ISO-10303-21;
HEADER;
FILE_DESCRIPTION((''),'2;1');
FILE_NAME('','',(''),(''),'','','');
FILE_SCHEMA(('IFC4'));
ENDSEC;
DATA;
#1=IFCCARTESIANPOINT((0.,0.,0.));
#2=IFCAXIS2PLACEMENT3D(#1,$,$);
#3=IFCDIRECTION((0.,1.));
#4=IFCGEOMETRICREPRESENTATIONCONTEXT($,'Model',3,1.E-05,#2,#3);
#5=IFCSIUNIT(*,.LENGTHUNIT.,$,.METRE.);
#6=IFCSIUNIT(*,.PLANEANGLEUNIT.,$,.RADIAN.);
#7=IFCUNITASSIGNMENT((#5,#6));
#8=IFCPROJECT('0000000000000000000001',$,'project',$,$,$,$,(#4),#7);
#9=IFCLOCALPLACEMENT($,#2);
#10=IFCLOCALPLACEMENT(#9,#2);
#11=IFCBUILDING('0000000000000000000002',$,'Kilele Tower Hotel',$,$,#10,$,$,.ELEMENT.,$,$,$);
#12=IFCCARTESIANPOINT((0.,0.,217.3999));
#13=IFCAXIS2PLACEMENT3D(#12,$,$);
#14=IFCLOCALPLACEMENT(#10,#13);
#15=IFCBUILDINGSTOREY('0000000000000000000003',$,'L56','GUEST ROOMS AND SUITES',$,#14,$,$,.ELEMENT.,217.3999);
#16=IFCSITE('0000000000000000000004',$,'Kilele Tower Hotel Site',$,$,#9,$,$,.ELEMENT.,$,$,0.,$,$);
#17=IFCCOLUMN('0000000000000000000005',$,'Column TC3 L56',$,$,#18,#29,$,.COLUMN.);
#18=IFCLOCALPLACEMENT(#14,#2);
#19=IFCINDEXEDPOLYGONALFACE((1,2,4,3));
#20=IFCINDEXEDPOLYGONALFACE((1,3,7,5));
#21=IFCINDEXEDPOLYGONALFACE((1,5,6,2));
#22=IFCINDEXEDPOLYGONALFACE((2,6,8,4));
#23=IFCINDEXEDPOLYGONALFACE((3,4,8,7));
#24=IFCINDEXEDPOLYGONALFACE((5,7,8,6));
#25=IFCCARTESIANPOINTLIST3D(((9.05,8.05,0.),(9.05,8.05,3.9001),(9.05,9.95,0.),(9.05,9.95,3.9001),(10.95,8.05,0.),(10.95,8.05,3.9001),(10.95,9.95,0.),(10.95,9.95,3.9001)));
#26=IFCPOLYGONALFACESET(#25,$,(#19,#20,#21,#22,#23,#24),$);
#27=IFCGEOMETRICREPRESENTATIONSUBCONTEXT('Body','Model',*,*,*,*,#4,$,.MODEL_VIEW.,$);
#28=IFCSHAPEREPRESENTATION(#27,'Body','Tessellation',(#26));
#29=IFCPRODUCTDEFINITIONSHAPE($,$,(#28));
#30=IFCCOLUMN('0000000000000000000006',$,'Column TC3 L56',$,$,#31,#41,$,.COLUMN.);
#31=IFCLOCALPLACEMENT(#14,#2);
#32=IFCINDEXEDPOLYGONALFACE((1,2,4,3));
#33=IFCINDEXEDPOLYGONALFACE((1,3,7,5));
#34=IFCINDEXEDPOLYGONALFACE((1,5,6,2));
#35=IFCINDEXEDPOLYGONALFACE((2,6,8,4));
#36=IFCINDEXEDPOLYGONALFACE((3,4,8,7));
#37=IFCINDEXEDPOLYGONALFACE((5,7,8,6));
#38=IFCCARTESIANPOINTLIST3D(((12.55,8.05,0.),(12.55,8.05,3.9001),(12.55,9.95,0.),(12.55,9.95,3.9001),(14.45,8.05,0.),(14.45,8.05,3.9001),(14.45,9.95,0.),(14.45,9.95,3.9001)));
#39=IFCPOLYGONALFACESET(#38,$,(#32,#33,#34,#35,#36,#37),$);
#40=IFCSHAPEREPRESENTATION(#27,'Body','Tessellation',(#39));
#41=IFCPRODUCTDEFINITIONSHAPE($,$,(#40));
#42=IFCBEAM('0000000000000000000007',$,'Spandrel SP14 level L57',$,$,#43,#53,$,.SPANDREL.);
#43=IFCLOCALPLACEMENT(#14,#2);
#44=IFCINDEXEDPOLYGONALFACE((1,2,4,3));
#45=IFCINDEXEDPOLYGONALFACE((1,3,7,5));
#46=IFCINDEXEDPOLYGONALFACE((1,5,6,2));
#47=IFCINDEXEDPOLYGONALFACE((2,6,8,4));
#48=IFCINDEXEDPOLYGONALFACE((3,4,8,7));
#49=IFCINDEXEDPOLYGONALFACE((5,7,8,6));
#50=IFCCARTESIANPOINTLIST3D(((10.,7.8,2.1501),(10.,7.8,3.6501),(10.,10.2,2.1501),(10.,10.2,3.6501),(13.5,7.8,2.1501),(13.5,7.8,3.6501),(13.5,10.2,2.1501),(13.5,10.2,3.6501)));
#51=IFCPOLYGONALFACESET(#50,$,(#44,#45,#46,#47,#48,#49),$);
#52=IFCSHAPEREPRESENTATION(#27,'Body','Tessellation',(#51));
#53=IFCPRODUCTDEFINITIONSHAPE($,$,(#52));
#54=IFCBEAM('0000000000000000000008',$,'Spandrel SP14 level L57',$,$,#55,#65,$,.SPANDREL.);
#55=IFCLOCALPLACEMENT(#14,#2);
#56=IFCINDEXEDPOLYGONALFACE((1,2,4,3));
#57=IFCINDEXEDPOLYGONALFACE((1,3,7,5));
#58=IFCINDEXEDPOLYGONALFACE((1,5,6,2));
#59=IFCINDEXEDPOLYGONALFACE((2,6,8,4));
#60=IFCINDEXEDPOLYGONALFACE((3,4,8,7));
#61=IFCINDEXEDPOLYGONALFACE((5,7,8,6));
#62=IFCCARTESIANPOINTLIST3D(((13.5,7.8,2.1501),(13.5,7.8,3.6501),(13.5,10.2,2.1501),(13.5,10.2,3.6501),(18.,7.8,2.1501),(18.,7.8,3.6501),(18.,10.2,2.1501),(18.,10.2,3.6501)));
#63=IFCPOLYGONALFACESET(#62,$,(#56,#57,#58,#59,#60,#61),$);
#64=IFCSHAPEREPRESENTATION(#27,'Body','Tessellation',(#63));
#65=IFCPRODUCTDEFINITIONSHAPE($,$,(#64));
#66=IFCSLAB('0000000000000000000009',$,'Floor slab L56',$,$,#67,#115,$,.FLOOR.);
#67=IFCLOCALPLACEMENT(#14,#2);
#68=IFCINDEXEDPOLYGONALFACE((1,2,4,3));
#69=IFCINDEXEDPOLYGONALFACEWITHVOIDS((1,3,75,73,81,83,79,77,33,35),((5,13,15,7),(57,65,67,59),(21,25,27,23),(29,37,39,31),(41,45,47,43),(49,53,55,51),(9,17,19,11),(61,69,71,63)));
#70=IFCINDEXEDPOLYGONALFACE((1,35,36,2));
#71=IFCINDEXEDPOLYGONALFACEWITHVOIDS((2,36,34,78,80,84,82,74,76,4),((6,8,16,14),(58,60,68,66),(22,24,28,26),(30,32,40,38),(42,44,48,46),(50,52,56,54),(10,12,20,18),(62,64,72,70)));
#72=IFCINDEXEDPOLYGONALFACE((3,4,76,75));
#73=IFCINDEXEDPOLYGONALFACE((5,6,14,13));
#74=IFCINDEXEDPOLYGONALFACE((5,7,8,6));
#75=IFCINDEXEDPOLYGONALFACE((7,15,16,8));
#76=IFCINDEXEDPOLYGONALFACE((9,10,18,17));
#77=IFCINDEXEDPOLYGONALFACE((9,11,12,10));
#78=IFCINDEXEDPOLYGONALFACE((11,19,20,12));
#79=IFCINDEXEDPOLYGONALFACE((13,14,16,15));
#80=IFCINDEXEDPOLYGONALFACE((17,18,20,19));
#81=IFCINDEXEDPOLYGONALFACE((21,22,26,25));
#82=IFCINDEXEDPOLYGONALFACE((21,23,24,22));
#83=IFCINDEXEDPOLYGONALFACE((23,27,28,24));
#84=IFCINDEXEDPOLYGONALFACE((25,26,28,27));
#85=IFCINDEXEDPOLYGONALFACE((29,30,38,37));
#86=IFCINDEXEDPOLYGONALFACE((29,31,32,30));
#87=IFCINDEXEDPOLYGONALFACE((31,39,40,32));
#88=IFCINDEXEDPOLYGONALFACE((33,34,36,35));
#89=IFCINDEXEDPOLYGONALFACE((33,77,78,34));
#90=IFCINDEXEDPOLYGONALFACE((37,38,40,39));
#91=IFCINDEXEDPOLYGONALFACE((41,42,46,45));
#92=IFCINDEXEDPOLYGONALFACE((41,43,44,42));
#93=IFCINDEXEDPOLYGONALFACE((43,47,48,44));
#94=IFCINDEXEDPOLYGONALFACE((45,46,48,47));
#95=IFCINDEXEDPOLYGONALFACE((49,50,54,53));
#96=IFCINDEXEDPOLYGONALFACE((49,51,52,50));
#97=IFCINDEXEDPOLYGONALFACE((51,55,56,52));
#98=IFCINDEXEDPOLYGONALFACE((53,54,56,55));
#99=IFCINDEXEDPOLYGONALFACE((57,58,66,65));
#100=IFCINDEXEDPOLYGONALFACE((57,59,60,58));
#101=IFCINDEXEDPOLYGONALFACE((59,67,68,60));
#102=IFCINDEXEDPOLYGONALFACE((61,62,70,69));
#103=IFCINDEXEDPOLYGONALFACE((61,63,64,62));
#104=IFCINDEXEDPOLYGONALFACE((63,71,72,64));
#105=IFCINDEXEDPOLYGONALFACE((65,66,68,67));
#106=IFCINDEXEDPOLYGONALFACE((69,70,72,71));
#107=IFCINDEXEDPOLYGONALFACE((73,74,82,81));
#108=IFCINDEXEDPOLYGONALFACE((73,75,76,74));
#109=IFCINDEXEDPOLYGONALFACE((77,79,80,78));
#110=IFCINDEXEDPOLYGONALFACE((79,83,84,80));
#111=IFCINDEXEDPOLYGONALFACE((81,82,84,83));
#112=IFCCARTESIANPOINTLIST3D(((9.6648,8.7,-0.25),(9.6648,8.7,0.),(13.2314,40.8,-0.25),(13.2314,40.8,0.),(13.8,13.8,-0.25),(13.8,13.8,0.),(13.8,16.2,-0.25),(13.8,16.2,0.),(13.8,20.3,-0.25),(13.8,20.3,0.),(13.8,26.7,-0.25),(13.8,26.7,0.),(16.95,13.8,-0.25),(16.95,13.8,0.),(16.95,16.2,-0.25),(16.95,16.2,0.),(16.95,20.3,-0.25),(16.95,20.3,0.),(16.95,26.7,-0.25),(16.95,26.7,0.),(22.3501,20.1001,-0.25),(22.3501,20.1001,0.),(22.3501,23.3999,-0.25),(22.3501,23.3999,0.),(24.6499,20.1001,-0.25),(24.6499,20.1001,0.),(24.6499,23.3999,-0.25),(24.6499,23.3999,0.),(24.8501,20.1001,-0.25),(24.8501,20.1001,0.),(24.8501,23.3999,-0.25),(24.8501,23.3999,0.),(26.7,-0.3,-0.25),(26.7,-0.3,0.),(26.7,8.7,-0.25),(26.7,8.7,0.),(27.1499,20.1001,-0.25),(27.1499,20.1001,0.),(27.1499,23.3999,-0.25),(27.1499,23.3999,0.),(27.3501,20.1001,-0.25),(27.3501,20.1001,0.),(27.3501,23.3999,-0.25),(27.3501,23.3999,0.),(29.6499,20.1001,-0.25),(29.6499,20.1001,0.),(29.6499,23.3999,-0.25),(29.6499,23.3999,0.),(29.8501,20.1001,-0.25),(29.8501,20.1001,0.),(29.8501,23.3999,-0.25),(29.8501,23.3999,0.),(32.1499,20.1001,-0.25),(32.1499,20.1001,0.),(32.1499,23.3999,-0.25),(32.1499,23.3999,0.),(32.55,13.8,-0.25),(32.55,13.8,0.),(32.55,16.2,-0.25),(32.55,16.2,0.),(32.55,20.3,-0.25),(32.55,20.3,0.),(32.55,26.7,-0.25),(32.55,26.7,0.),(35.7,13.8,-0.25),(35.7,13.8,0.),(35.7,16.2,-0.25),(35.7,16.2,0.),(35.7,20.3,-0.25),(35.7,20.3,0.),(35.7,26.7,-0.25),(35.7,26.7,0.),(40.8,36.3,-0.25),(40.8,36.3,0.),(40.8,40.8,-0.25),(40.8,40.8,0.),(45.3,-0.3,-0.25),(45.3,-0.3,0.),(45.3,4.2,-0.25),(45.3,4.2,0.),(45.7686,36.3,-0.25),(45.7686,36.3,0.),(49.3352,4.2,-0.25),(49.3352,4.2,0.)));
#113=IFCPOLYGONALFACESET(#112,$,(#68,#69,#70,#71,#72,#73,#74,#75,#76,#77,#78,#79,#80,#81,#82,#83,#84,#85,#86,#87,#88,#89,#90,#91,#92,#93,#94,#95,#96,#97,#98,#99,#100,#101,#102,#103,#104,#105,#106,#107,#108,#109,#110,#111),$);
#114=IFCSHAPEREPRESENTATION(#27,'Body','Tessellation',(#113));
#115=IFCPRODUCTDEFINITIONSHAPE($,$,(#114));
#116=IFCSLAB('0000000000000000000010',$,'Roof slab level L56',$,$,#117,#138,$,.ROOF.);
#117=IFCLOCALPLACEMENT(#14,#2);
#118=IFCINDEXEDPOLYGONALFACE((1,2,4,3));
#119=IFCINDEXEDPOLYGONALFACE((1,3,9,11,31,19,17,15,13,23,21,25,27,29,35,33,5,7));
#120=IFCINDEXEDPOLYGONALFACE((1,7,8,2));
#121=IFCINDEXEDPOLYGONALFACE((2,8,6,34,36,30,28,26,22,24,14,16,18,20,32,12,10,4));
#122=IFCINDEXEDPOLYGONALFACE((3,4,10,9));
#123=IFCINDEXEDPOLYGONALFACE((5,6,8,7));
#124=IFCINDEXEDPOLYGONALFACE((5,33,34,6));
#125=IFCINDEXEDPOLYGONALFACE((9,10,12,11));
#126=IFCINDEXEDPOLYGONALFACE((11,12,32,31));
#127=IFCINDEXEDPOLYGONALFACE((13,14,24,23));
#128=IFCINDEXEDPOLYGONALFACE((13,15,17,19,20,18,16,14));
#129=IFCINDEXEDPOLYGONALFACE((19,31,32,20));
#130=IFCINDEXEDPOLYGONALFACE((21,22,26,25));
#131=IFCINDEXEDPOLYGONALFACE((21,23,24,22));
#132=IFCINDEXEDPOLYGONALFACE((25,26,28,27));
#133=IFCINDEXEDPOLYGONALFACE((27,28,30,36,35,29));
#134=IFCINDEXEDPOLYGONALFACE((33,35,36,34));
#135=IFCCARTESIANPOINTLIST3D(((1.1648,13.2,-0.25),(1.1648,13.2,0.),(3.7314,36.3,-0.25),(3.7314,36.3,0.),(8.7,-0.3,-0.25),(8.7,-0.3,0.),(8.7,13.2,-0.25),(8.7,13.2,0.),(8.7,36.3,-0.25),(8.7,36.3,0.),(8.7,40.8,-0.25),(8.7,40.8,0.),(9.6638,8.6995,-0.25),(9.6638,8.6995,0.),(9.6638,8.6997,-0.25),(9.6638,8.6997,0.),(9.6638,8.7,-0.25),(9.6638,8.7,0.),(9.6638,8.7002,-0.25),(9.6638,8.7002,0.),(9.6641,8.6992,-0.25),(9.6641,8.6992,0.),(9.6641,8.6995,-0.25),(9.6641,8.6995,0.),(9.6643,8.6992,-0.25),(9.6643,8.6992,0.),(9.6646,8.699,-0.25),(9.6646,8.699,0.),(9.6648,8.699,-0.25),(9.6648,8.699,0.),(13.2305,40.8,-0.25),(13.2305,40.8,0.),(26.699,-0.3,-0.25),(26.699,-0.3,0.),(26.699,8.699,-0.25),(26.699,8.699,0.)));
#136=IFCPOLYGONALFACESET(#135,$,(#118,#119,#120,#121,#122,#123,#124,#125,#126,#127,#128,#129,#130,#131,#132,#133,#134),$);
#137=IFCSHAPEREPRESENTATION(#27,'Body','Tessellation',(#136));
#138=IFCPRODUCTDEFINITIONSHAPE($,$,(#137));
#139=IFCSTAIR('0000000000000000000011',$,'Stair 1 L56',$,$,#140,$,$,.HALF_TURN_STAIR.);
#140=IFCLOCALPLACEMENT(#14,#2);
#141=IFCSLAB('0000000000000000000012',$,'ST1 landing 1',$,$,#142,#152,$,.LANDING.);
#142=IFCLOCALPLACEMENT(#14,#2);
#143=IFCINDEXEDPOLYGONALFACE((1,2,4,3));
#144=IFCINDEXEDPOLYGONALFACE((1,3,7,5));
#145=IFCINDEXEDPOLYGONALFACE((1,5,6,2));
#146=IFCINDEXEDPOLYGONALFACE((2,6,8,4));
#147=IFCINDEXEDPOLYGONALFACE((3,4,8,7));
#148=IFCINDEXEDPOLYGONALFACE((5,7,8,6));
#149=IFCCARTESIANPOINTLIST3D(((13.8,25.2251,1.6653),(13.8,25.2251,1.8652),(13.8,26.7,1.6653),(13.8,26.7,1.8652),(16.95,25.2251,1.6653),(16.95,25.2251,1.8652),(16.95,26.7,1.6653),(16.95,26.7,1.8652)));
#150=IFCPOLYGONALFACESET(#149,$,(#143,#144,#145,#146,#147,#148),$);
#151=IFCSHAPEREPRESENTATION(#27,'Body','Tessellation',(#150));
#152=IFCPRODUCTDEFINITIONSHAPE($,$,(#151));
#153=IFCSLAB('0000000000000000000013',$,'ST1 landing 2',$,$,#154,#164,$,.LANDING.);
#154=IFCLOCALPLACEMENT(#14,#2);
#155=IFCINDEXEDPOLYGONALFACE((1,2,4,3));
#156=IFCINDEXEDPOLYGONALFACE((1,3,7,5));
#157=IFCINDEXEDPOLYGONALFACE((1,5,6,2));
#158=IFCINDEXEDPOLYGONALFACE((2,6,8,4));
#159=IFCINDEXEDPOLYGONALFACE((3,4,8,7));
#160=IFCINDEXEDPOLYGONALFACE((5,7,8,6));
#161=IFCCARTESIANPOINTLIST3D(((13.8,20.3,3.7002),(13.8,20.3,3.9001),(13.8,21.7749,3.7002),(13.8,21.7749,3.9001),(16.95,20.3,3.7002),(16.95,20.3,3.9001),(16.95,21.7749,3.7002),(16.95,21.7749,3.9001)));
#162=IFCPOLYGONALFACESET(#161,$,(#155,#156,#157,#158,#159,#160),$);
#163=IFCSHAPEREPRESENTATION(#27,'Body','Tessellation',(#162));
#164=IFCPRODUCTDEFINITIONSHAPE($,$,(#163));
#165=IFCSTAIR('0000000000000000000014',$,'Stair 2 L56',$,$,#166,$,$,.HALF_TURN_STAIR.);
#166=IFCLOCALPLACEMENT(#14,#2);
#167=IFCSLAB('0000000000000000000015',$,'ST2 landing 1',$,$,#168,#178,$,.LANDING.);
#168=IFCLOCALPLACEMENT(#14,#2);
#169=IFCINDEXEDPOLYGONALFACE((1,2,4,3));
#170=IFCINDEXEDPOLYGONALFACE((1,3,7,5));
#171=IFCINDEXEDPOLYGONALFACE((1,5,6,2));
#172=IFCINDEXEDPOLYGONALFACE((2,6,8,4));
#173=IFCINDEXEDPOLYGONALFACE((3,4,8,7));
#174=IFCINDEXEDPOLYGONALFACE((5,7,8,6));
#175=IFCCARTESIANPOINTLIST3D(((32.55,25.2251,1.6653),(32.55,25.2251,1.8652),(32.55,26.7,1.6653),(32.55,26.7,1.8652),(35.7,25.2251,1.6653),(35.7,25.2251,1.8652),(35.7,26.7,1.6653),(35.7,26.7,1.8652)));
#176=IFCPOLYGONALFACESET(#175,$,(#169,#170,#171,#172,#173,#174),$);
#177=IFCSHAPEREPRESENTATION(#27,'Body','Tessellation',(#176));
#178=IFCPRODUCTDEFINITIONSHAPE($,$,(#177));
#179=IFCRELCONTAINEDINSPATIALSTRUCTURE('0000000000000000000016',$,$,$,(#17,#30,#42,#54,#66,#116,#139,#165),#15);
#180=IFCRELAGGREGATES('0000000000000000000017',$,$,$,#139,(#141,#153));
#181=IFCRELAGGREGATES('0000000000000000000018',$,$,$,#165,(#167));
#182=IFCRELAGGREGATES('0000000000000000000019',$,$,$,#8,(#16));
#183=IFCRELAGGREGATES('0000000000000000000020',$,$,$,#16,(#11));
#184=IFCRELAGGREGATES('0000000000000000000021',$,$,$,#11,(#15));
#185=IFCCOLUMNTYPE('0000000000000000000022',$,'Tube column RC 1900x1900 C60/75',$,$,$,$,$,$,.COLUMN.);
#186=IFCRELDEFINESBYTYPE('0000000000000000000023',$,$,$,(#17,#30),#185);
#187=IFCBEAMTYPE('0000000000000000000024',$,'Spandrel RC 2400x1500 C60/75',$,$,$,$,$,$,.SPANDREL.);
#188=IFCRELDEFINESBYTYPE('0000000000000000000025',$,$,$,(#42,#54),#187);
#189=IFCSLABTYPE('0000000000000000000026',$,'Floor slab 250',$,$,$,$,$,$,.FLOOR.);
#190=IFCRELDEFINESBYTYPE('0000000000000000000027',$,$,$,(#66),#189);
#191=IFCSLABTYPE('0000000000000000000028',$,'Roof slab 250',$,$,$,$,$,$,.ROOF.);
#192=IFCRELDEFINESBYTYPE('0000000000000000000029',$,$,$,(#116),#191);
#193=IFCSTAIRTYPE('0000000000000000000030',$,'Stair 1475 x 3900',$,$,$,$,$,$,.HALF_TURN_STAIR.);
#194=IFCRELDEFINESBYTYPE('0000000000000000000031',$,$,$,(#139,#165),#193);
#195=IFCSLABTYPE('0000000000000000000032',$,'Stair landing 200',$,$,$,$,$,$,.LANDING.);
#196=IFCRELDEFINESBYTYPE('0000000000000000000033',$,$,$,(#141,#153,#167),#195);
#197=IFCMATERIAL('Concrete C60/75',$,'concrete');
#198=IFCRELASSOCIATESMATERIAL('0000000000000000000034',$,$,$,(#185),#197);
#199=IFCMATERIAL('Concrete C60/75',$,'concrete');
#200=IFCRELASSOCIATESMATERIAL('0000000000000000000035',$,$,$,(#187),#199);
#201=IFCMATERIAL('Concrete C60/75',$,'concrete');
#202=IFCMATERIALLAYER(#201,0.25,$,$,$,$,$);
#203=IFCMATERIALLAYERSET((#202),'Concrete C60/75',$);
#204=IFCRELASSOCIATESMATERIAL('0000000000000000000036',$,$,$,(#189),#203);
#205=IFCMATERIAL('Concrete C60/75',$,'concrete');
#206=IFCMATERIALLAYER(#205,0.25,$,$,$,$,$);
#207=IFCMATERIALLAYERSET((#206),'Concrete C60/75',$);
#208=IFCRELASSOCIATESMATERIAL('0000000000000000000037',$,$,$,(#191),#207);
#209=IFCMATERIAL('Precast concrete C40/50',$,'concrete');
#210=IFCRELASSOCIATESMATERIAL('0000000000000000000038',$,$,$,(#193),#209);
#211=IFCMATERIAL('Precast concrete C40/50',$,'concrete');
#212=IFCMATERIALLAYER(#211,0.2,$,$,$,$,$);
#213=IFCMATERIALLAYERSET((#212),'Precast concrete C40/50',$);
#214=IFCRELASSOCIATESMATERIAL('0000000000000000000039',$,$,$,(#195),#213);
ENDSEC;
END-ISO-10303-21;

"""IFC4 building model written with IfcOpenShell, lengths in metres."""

from ifc_helpers import new_model, si_unit, direction, frame, origin, origin_2d, place, context, subcontext, project, spatial, polyline, rectangle, outline, extrude, material, layer, layer_set, material_profile, profile_set, type_object, element, aggregate, save


model = new_model("IFC4")

# Units and contexts
model_context = context("Model", 3, precision=1e-05, world=origin(), true_north=direction((0.0, 1.0)))
body_context = subcontext(model_context, "Body", "Model", "MODEL_VIEW")
ifc_project = project(units=[si_unit("LENGTHUNIT", "METRE"), si_unit("PLANEANGLEUNIT", "RADIAN")], contexts=[model_context])

# Site, building, storey
site_placement = place(None, origin())
site = spatial("IfcSite", under=ifc_project, at=site_placement, Name="Kilele Tower Hotel Site", CompositionType="ELEMENT", RefElevation=0.0)
building_placement = place(site_placement, origin())
building = spatial("IfcBuilding", under=site, at=building_placement, Name="Kilele Tower Hotel", CompositionType="ELEMENT")
storey_placement = place(building_placement, frame((0.0, 0.0, 217.3999)))
storey = spatial("IfcBuildingStorey", under=building, at=storey_placement, Name="L56", Description="GUEST ROOMS AND SUITES", CompositionType="ELEMENT", Elevation=217.3999)

# Columns
ifc_material_1 = material(Name="Concrete C60/75", Category="concrete")
ifc_material_profile_1 = material_profile(ifc_material_1, rectangle(XDim=1.8999, YDim=1.8999, at=origin_2d()))
ifc_profile_set_1 = profile_set([ifc_material_profile_1], Name="Concrete C60/75")
column_type = type_object("IfcColumnType", Name="Tube column RC 1900x1900 C60/75", PredefinedType="COLUMN", material=ifc_profile_set_1)
for number, where, z_axis, x_axis, name in (
    (1, (10.0, 9.0, 0.0), (0.0, 0.0, 1.0), (1.0, 0.0, 0.0), "Column TC3 L56"),
    (2, (13.5, 9.0, 0.0), (0.0, 0.0, 1.0), (1.0, 0.0, 0.0), "Column TC3 L56"),
):
    element("IfcColumn", number, at=place(storey_placement, frame(where, z_axis=z_axis, x_axis=x_axis)), inside=storey, type_object=column_type, Name=name, PredefinedType="COLUMN", context=body_context, shape_type="SweptSolid", body=[
        extrude(rectangle(XDim=1.8999, YDim=1.8999, at=origin_2d()), origin(), (0.0, 0.0, 1.0), 3.9001),
    ])

# Beams
ifc_material_2 = material(Name="Concrete C60/75", Category="concrete")
ifc_material_profile_2 = material_profile(ifc_material_2, rectangle(XDim=2.3999, YDim=1.5, at=origin_2d()))
ifc_profile_set_2 = profile_set([ifc_material_profile_2], Name="Concrete C60/75")
beam_type = type_object("IfcBeamType", Name="Spandrel RC 2400x1500 C60/75", PredefinedType="SPANDREL", material=ifc_profile_set_2)
beam_1_placement = place(storey_placement, frame((10.0, 9.0, 2.9001), z_axis=(1.0, 0.0, 0.0), x_axis=(0.0, 1.0, 0.0)))
element("IfcBeam", 3, at=beam_1_placement, inside=storey, type_object=beam_type, Name="Spandrel SP14 level L57", PredefinedType="SPANDREL", context=body_context, shape_type="SweptSolid", body=[
    extrude(rectangle(XDim=2.3999, YDim=1.5, at=origin_2d()), origin(), (0.0, 0.0, 1.0), 3.5),
])
beam_2_placement = place(storey_placement, frame((13.5, 9.0, 2.9001), z_axis=(1.0, 0.0, 0.0), x_axis=(0.0, 1.0, 0.0)))
element("IfcBeam", 4, at=beam_2_placement, inside=storey, type_object=beam_type, Name="Spandrel SP14 level L57", PredefinedType="SPANDREL", context=body_context, shape_type="SweptSolid", body=[
    extrude(rectangle(XDim=2.3999, YDim=1.5, at=origin_2d()), origin(), (0.0, 0.0, 1.0), 4.5),
])

# Slabs
ifc_material_3 = material(Name="Concrete C60/75", Category="concrete")
ifc_layer_1 = layer(ifc_material_3, 0.25)
ifc_layer_set_1 = layer_set([ifc_layer_1], Name="Concrete C60/75")
slab_type_1 = type_object("IfcSlabType", Name="Floor slab 250", PredefinedType="FLOOR", material=ifc_layer_set_1)
slab_1_placement = place(storey_placement, frame((0.0, 0.0, -0.25)))
element("IfcSlab", 5, at=slab_1_placement, inside=storey, type_object=slab_type_1, Name="Floor slab L56", PredefinedType="FLOOR", context=body_context, shape_type="SweptSolid", body=[
    extrude(outline(polyline([(40.8, 36.3), (45.7686, 36.3), (49.3352, 4.2), (45.3, 4.2), (45.3, -0.3), (26.7, -0.3), (26.7, 8.7), (9.6648, 8.7), (13.2314, 40.8), (40.8, 40.8), (40.8, 36.3)]), holes=[polyline([(16.95, 16.2), (13.8, 16.2), (13.8, 13.8), (16.95, 13.8), (16.95, 16.2)]), polyline([(35.7, 16.2), (32.55, 16.2), (32.55, 13.8), (35.7, 13.8), (35.7, 16.2)]), polyline([(24.6499, 23.3999), (22.3501, 23.3999), (22.3501, 20.1001), (24.6499, 20.1001), (24.6499, 23.3999)]), polyline([(27.1499, 23.3999), (24.8501, 23.3999), (24.8501, 20.1001), (27.1499, 20.1001), (27.1499, 23.3999)]), polyline([(29.6499, 23.3999), (27.3501, 23.3999), (27.3501, 20.1001), (29.6499, 20.1001), (29.6499, 23.3999)]), polyline([(32.1499, 23.3999), (29.8501, 23.3999), (29.8501, 20.1001), (32.1499, 20.1001), (32.1499, 23.3999)]), polyline([(16.95, 26.7), (13.8, 26.7), (13.8, 20.3), (16.95, 20.3), (16.95, 26.7)]), polyline([(35.7, 26.7), (32.55, 26.7), (32.55, 20.3), (35.7, 20.3), (35.7, 26.7)])]), origin(), (0.0, 0.0, 1.0), 0.25),
])
ifc_material_4 = material(Name="Concrete C60/75", Category="concrete")
ifc_layer_2 = layer(ifc_material_4, 0.25)
ifc_layer_set_2 = layer_set([ifc_layer_2], Name="Concrete C60/75")
slab_type_2 = type_object("IfcSlabType", Name="Roof slab 250", PredefinedType="ROOF", material=ifc_layer_set_2)
slab_2_placement = place(storey_placement, frame((0.0, 0.0, -0.25)))
element("IfcSlab", 6, at=slab_2_placement, inside=storey, type_object=slab_type_2, Name="Roof slab level L56", PredefinedType="ROOF", context=body_context, shape_type="SweptSolid", body=[
    extrude(outline(polyline([(3.7314, 36.3), (8.7, 36.3), (8.7, 40.8), (13.2305, 40.8), (9.6638, 8.7002), (9.6638, 8.7), (9.6638, 8.7), (9.6638, 8.6997), (9.6638, 8.6997), (9.6638, 8.6997), (9.6638, 8.6995), (9.6641, 8.6995), (9.6641, 8.6995), (9.6641, 8.6992), (9.6643, 8.6992), (9.6643, 8.6992), (9.6643, 8.6992), (9.6643, 8.6992), (9.6646, 8.699), (9.6646, 8.699), (9.6648, 8.699), (9.6648, 8.699), (26.699, 8.699), (26.699, -0.3), (8.7, -0.3), (8.7, 13.2), (1.1648, 13.2), (3.7314, 36.3)])), origin(), (0.0, 0.0, 1.0), 0.25),
])

# Stairs, slabs
ifc_material_5 = material(Name="Precast concrete C40/50", Category="concrete")
stair_type = type_object("IfcStairType", Name="Stair 1475 x 3900", PredefinedType="HALF_TURN_STAIR", material=ifc_material_5)
stair_1_placement = place(storey_placement, origin())
stair_1 = element("IfcStair", 7, at=stair_1_placement, inside=storey, type_object=stair_type, Name="Stair 1 L56", PredefinedType="HALF_TURN_STAIR")
ifc_material_6 = material(Name="Precast concrete C40/50", Category="concrete")
ifc_layer_3 = layer(ifc_material_6, 0.2)
ifc_layer_set_3 = layer_set([ifc_layer_3], Name="Precast concrete C40/50")
slab_type_3 = type_object("IfcSlabType", Name="Stair landing 200", PredefinedType="LANDING", material=ifc_layer_set_3)
slab_3_placement = place(storey_placement, frame((0.0, 0.0, 1.6653)))
slab_3 = element("IfcSlab", 8, at=slab_3_placement, type_object=slab_type_3, Name="ST1 landing 1", PredefinedType="LANDING", context=body_context, shape_type="SweptSolid", body=[
    extrude(outline(polyline([(13.8, 25.2251), (16.95, 25.2251), (16.95, 26.7), (13.8, 26.7), (13.8, 25.2251)])), origin(), (0.0, 0.0, 1.0), 0.2),
])
slab_4_placement = place(storey_placement, frame((0.0, 0.0, 3.7002)))
slab_4 = element("IfcSlab", 9, at=slab_4_placement, type_object=slab_type_3, Name="ST1 landing 2", PredefinedType="LANDING", context=body_context, shape_type="SweptSolid", body=[
    extrude(outline(polyline([(13.8, 20.3), (16.95, 20.3), (16.95, 21.7749), (13.8, 21.7749), (13.8, 20.3)])), origin(), (0.0, 0.0, 1.0), 0.2),
])
aggregate(stair_1, [slab_3, slab_4])
stair_2_placement = place(storey_placement, origin())
stair_2 = element("IfcStair", 10, at=stair_2_placement, inside=storey, type_object=stair_type, Name="Stair 2 L56", PredefinedType="HALF_TURN_STAIR")
slab_5_placement = place(storey_placement, frame((0.0, 0.0, 1.6653)))
slab_5 = element("IfcSlab", 11, at=slab_5_placement, type_object=slab_type_3, Name="ST2 landing 1", PredefinedType="LANDING", context=body_context, shape_type="SweptSolid", body=[
    extrude(outline(polyline([(32.55, 25.2251), (35.7, 25.2251), (35.7, 26.7), (32.55, 26.7), (32.55, 25.2251)])), origin(), (0.0, 0.0, 1.0), 0.2),
])
aggregate(stair_2, [slab_5])

save(model, "model.ifc")
